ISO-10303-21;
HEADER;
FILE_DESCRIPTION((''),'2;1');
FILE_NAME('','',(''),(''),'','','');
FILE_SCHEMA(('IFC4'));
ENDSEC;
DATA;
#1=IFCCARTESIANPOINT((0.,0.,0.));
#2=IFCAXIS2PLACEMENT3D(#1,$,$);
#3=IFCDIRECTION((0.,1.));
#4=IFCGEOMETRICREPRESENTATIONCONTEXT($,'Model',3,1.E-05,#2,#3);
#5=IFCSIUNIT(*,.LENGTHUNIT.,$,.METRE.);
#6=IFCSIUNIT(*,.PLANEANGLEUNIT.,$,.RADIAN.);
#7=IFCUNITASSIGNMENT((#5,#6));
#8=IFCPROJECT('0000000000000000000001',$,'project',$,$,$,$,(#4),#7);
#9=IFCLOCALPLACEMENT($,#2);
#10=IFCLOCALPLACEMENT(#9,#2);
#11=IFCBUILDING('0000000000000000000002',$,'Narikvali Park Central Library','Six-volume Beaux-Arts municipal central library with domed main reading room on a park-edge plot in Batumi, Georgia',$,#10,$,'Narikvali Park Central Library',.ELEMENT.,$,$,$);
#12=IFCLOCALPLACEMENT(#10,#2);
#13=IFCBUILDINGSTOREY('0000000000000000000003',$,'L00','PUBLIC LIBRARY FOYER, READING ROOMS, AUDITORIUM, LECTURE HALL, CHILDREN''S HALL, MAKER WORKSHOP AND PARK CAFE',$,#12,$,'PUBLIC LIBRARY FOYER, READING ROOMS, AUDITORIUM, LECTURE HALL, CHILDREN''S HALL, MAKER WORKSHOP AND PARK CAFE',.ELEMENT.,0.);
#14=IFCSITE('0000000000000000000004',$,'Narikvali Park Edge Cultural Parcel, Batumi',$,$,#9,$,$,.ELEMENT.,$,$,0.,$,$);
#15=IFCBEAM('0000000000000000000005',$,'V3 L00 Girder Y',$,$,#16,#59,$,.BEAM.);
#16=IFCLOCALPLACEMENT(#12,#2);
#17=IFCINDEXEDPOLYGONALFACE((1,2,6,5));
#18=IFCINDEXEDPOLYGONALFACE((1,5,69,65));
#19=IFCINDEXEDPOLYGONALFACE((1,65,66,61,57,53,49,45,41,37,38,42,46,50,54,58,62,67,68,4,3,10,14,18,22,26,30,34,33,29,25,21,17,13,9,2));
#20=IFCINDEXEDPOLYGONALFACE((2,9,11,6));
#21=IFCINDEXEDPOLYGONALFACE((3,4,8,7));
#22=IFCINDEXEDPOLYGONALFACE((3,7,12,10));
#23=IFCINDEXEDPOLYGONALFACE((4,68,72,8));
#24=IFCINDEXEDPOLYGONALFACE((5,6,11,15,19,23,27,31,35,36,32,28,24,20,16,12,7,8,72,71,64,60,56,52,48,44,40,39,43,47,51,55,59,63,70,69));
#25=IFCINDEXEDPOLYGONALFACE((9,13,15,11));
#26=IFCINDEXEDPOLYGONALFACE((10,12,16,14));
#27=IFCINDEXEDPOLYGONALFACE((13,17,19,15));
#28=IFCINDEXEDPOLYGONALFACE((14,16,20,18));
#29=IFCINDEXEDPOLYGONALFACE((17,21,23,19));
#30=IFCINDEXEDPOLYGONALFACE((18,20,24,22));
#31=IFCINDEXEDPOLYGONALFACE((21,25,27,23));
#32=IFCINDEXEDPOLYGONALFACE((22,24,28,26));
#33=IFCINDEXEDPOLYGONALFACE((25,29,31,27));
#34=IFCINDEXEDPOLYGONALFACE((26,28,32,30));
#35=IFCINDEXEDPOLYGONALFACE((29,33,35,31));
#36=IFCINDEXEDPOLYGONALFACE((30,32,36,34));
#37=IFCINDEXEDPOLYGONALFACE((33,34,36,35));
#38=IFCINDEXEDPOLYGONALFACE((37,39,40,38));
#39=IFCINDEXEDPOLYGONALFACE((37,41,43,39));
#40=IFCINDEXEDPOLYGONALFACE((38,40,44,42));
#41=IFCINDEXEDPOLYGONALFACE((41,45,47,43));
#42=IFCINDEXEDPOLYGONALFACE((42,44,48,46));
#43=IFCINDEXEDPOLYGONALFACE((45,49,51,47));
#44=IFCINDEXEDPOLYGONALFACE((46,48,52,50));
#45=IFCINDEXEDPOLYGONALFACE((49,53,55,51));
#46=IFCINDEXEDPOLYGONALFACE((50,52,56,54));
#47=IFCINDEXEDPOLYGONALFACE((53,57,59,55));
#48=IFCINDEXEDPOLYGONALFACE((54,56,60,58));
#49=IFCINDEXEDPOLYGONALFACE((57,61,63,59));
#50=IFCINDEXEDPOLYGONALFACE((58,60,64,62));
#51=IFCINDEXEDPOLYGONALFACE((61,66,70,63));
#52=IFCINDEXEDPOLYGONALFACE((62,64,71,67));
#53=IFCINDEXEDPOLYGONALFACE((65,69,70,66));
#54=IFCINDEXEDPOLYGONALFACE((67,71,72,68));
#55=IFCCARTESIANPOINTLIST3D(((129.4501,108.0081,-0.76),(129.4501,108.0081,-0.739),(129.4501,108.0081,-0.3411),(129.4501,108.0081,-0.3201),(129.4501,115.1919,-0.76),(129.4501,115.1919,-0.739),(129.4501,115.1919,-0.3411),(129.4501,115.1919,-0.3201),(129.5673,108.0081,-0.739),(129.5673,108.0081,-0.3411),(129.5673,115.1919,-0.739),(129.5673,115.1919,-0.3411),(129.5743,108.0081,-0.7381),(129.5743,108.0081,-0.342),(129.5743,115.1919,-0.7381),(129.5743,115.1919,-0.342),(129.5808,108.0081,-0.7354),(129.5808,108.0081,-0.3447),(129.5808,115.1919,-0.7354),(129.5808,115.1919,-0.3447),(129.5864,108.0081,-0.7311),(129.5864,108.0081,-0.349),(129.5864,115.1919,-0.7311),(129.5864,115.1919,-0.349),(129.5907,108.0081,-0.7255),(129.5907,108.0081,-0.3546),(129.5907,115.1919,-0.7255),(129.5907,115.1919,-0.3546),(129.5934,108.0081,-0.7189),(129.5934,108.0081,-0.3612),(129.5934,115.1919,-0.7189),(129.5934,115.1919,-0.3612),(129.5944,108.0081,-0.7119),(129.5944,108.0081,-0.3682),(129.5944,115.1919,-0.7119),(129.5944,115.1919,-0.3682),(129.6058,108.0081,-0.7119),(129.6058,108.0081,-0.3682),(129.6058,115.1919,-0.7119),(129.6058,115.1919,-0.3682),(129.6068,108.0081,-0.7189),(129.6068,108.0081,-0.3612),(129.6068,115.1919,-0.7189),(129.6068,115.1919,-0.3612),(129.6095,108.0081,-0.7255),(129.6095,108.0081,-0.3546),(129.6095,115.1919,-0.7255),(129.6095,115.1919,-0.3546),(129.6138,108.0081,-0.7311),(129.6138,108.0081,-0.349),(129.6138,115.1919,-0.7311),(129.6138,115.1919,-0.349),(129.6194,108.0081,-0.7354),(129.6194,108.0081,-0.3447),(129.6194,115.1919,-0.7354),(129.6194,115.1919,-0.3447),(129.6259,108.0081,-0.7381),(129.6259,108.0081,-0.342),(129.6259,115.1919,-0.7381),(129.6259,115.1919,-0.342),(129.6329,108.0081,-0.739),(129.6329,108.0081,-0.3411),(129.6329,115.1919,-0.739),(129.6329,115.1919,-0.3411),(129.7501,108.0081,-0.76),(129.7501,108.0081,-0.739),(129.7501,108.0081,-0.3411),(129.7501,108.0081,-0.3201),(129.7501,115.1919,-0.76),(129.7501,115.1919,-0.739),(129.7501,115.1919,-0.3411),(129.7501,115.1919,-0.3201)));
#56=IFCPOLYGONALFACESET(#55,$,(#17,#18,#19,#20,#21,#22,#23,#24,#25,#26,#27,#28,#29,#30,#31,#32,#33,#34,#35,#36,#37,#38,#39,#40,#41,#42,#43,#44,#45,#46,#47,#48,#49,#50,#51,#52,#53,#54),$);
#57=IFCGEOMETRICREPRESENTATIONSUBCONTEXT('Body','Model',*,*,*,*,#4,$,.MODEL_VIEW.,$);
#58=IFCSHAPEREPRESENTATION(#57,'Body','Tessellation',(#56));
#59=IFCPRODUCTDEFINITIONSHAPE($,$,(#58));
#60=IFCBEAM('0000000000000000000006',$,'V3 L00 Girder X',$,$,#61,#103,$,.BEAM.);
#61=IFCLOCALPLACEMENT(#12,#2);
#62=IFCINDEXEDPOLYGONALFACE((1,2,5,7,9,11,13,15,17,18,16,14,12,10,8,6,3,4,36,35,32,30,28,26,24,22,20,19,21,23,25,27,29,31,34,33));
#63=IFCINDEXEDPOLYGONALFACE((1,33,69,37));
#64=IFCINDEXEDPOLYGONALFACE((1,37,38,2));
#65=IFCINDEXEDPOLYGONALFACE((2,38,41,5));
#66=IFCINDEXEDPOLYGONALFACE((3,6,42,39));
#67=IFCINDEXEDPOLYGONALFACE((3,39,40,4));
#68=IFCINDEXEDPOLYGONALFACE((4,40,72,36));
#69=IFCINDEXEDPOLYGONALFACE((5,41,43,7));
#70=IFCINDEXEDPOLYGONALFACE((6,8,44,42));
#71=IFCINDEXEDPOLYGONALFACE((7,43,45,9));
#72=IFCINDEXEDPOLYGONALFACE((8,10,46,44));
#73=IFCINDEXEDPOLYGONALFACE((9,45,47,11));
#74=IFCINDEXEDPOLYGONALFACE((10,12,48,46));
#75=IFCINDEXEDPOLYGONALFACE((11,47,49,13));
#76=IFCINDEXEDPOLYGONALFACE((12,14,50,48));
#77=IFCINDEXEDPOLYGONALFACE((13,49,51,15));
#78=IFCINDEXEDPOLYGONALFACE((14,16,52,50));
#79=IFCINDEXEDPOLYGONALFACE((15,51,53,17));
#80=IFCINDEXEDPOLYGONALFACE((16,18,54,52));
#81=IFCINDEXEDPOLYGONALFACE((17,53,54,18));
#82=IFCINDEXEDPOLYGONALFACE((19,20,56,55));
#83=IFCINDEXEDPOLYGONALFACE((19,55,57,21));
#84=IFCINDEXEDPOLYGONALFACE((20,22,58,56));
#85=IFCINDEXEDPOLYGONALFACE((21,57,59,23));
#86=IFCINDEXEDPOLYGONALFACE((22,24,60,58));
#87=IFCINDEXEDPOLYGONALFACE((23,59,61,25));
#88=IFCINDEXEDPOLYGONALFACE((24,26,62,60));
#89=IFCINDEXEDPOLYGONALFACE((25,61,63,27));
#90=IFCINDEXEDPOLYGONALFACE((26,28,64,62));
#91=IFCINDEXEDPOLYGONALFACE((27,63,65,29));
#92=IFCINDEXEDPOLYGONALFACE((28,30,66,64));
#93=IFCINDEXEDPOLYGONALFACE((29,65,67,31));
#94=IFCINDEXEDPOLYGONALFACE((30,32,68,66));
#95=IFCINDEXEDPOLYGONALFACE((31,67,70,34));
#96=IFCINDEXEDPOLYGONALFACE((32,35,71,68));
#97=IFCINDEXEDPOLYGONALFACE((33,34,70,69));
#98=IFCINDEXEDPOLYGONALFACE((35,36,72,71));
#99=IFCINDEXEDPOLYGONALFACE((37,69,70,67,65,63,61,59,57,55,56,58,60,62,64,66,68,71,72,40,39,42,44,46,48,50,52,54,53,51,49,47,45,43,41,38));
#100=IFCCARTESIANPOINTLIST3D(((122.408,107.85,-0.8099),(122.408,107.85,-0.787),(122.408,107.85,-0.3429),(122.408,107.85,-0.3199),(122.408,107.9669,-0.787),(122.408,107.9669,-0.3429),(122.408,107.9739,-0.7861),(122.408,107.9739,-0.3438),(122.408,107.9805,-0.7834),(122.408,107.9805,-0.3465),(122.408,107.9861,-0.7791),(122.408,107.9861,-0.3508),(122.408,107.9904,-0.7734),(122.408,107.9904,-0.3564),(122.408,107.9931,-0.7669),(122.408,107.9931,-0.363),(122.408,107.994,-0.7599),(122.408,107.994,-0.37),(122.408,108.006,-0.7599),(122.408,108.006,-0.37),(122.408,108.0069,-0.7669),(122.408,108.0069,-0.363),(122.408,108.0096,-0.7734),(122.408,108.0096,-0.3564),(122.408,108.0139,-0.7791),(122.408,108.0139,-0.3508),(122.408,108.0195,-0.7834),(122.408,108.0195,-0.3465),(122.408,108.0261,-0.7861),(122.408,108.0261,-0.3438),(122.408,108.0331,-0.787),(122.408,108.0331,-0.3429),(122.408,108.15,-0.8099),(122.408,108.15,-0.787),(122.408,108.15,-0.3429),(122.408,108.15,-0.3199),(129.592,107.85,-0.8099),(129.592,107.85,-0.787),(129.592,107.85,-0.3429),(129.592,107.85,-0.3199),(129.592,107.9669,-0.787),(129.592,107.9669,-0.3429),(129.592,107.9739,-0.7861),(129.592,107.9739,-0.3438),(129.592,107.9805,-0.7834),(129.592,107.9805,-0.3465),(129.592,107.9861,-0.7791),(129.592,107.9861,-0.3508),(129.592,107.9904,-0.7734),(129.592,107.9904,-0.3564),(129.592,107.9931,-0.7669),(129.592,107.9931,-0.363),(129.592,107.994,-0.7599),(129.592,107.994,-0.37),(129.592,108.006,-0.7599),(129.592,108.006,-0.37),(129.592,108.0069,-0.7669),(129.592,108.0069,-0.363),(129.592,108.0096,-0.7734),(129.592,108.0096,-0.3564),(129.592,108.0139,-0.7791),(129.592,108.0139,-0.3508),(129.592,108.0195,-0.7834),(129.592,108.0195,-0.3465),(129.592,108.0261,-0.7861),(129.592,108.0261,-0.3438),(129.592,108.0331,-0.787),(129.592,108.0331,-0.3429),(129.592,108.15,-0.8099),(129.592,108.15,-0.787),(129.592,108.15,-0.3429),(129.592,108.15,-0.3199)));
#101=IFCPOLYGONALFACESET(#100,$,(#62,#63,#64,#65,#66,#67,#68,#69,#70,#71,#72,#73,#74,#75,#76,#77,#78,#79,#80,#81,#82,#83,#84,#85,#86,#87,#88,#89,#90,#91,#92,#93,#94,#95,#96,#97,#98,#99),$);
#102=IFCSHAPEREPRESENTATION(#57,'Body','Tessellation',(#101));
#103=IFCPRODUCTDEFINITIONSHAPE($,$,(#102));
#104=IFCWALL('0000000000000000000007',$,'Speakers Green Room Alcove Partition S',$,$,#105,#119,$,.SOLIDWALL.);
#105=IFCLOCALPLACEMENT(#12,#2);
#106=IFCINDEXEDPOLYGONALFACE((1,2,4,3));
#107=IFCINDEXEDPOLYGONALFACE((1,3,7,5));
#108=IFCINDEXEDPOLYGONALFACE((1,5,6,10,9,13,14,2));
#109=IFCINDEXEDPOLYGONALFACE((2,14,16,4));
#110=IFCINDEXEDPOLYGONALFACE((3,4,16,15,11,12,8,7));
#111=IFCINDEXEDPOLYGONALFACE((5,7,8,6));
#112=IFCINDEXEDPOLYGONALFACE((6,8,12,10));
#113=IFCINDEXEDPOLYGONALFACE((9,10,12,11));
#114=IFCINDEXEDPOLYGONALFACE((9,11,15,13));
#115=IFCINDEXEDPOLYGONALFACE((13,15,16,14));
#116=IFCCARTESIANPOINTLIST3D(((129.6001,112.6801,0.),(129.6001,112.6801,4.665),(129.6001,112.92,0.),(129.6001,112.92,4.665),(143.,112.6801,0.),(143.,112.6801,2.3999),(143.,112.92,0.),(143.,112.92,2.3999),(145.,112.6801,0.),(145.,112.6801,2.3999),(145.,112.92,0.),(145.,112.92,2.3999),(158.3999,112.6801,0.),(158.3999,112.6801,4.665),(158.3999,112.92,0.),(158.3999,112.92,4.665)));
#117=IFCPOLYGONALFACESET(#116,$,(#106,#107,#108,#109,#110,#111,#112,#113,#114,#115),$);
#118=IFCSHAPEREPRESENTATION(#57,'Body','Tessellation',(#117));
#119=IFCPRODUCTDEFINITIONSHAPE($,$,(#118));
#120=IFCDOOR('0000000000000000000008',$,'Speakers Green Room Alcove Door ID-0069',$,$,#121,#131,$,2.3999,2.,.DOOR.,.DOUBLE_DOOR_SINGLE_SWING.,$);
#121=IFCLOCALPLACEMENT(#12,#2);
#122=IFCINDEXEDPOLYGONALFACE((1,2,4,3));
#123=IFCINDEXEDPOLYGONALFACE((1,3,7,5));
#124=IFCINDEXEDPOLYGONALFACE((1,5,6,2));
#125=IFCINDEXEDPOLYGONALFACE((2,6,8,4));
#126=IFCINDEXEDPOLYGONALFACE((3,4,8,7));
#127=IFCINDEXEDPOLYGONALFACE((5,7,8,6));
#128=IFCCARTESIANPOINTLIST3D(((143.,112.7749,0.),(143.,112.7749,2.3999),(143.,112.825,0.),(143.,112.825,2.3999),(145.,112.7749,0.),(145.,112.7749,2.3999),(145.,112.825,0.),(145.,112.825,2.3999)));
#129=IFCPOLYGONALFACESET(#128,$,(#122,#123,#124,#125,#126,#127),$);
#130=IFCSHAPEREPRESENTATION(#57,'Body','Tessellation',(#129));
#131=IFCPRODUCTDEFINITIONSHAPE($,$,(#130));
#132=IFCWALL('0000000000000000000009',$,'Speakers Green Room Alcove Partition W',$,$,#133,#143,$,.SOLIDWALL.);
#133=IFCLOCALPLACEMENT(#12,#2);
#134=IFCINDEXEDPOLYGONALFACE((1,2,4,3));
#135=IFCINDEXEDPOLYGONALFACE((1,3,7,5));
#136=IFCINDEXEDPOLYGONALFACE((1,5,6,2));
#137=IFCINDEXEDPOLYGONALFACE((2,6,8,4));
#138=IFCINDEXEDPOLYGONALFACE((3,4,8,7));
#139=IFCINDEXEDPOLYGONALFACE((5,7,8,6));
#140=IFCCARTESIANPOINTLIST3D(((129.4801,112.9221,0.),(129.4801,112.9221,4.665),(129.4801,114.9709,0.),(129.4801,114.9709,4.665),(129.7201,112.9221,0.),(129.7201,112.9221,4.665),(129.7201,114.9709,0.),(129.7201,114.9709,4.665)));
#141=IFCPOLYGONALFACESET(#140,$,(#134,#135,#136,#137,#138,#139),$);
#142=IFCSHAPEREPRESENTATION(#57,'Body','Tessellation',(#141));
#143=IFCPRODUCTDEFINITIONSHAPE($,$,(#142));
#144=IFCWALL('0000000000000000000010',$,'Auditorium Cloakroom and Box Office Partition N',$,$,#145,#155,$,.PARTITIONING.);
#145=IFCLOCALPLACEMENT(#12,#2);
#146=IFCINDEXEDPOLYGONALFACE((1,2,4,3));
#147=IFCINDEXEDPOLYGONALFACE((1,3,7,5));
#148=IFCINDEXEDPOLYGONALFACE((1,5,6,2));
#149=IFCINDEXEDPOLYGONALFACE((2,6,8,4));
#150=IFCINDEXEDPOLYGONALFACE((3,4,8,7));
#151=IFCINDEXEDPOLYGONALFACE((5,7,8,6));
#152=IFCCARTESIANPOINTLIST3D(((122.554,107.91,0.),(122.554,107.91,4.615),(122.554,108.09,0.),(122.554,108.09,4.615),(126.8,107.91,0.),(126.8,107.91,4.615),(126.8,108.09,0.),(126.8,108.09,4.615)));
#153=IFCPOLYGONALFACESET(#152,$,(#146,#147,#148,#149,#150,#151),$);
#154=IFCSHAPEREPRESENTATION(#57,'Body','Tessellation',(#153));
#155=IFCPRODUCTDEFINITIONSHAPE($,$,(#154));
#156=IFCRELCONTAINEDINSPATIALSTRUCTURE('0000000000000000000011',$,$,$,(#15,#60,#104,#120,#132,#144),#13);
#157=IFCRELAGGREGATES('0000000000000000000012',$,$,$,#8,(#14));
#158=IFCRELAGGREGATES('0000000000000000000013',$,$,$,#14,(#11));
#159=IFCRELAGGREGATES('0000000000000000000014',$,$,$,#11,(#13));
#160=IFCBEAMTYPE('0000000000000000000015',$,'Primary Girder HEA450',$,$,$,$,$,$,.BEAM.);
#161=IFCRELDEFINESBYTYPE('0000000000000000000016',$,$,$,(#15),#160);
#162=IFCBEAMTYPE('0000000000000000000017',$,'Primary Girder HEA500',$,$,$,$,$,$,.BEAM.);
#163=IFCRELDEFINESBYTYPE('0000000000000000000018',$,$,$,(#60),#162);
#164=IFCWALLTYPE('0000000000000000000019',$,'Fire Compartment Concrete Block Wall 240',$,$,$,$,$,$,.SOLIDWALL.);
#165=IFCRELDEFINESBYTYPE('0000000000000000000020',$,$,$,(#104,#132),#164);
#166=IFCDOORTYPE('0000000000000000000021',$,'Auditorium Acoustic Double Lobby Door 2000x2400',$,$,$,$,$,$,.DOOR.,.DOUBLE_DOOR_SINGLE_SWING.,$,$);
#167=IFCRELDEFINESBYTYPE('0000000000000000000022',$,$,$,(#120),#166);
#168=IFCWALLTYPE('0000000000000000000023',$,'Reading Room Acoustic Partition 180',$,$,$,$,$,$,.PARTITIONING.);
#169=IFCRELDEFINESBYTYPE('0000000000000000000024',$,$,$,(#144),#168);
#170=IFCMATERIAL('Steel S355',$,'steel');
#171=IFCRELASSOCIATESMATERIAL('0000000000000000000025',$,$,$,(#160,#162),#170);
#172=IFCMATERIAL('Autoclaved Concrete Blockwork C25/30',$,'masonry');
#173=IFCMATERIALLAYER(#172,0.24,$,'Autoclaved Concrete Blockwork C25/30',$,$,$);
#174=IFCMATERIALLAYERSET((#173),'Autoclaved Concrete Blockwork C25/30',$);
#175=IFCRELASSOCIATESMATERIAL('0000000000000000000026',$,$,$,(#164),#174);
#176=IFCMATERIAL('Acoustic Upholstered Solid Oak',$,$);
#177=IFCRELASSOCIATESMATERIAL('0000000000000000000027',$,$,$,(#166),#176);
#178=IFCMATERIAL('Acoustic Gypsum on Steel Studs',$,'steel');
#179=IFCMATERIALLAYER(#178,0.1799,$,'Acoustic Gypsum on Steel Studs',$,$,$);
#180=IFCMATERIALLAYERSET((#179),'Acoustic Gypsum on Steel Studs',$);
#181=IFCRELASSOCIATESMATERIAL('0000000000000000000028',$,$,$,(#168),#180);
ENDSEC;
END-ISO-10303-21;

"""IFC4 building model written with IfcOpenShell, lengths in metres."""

from ifc_helpers import new_model, si_unit, direction, frame, frame_2d, origin, origin_2d, place, context, subcontext, project, spatial, rectangle, i_section, extrude, material, layer, layer_set, material_profile, profile_set, type_object, element, fill, save


model = new_model("IFC4")

# Units and contexts
model_context = context("Model", 3, precision=1e-05, world=origin(), true_north=direction((0.0, 1.0)))
body_context = subcontext(model_context, "Body", "Model", "MODEL_VIEW")
ifc_project = project(units=[si_unit("LENGTHUNIT", "METRE"), si_unit("PLANEANGLEUNIT", "RADIAN")], contexts=[model_context])

# Site, building, storey
site_placement = place(None, origin())
site = spatial("IfcSite", under=ifc_project, at=site_placement, Name="Narikvali Park Edge Cultural Parcel, Batumi", CompositionType="ELEMENT", RefElevation=0.0)
building_placement = place(site_placement, origin())
building = spatial("IfcBuilding", under=site, at=building_placement, Name="Narikvali Park Central Library", Description="Six-volume Beaux-Arts municipal central library with domed main reading room on a park-edge plot in Batumi, Georgia", LongName="Narikvali Park Central Library", CompositionType="ELEMENT")
storey_placement = place(building_placement, origin())
storey = spatial("IfcBuildingStorey", under=building, at=storey_placement, Name="L00", Description="PUBLIC LIBRARY FOYER, READING ROOMS, AUDITORIUM, LECTURE HALL, CHILDREN'S HALL, MAKER WORKSHOP AND PARK CAFE", LongName="PUBLIC LIBRARY FOYER, READING ROOMS, AUDITORIUM, LECTURE HALL, CHILDREN'S HALL, MAKER WORKSHOP AND PARK CAFE", CompositionType="ELEMENT", Elevation=0.0)

# Shared definitions
ifc_material_1 = material(Name="Steel S355", Category="steel")

# Beams
ifc_material_profile_1 = material_profile(ifc_material_1, i_section(OverallWidth=0.3, OverallDepth=0.4399, WebThickness=0.0115, FlangeThickness=0.021, FilletRadius=0.0271, at=origin_2d()), Name="HEA 450")
ifc_profile_set_1 = profile_set([ifc_material_profile_1], Name="Steel S355")
beam_type_1 = type_object("IfcBeamType", Name="Primary Girder HEA450", PredefinedType="BEAM", material=ifc_profile_set_1)
beam_1_placement = place(storey_placement, frame((129.6001, 108.0081, -0.54), z_axis=(0.0, 1.0, 0.0), x_axis=(-1.0, 0.0, 0.0)))
element("IfcBeam", 1, at=beam_1_placement, inside=storey, type_object=beam_type_1, Name="V3 L00 Girder Y", PredefinedType="BEAM", context=body_context, shape_type="SweptSolid", body=[
    extrude(i_section(OverallWidth=0.3, OverallDepth=0.4399, WebThickness=0.0115, FlangeThickness=0.021, FilletRadius=0.0271, at=origin_2d()), origin(), (0.0, 0.0, 1.0), 7.1838),
])
ifc_material_profile_2 = material_profile(ifc_material_1, i_section(OverallWidth=0.3, OverallDepth=0.49, WebThickness=0.012, FlangeThickness=0.0229, FilletRadius=0.0271, at=origin_2d()), Name="HEA 500")
ifc_profile_set_2 = profile_set([ifc_material_profile_2], Name="Steel S355")
beam_type_2 = type_object("IfcBeamType", Name="Primary Girder HEA500", PredefinedType="BEAM", material=ifc_profile_set_2)
beam_2_placement = place(storey_placement, frame((122.408, 108.0, -0.5649), z_axis=(1.0, 0.0, 0.0), x_axis=(0.0, 1.0, 0.0)))
element("IfcBeam", 2, at=beam_2_placement, inside=storey, type_object=beam_type_2, Name="V3 L00 Girder X", PredefinedType="BEAM", context=body_context, shape_type="SweptSolid", body=[
    extrude(i_section(OverallWidth=0.3, OverallDepth=0.49, WebThickness=0.012, FlangeThickness=0.0229, FilletRadius=0.0271, at=origin_2d()), origin(), (0.0, 0.0, 1.0), 7.1841),
])

# Wall, opening, door
ifc_material_2 = material(Name="Autoclaved Concrete Blockwork C25/30", Category="masonry")
ifc_layer_1 = layer(ifc_material_2, 0.24, Name="Autoclaved Concrete Blockwork C25/30")
ifc_layer_set_1 = layer_set([ifc_layer_1], Name="Autoclaved Concrete Blockwork C25/30")
wall_type_1 = type_object("IfcWallType", Name="Fire Compartment Concrete Block Wall 240", PredefinedType="SOLIDWALL", material=ifc_layer_set_1)
wall_1_placement = place(storey_placement, frame((129.6001, 112.8, 0.0), z_axis=(0.0, 0.0, 1.0), x_axis=(1.0, 0.0, 0.0)))
wall_1 = element("IfcWall", 3, at=wall_1_placement, inside=storey, type_object=wall_type_1, Name="Speakers Green Room Alcove Partition S", PredefinedType="SOLIDWALL", context=body_context, shape_type="SweptSolid", body=[
    extrude(rectangle(XDim=28.7998, YDim=0.24, at=frame_2d((14.3999, 0.0))), origin(), (0.0, 0.0, 1.0), 4.665),
])
opening_1_placement = place(wall_1_placement, frame((13.3999, 0.0, 0.0)))
opening_1 = element("IfcOpeningElement", 4, at=opening_1_placement, cuts=wall_1, PredefinedType="OPENING", context=body_context, shape_type="SweptSolid", body=[
    extrude(rectangle(XDim=2.0, YDim=2.3999, at=frame_2d((1.0, 1.2))), frame((0.0, 0.1318, 0.0), z_axis=(0.0, -1.0, 0.0), x_axis=(1.0, 0.0, 0.0)), (0.0, 0.0, 1.0), 0.2639),
])
ifc_material_3 = material(Name="Acoustic Upholstered Solid Oak")
door_type = type_object("IfcDoorType", Name="Auditorium Acoustic Double Lobby Door 2000x2400", OperationType="DOUBLE_DOOR_SINGLE_SWING", PredefinedType="DOOR", material=ifc_material_3)
door_placement = place(opening_1_placement, origin())
door = element("IfcDoor", 5, at=door_placement, inside=storey, type_object=door_type, Name="Speakers Green Room Alcove Door ID-0069", OperationType="DOUBLE_DOOR_SINGLE_SWING", OverallHeight=2.3999, OverallWidth=2.0, PredefinedType="DOOR", context=body_context, shape_type="SweptSolid", body=[
    extrude(rectangle(XDim=2.0, YDim=2.3999, at=frame_2d((1.0, 1.2))), frame((0.0, 0.0249, 0.0), z_axis=(0.0, -1.0, 0.0), x_axis=(1.0, 0.0, 0.0)), (0.0, 0.0, 1.0), 0.05),
])
fill(opening_1, door)

# Walls
wall_2_placement = place(storey_placement, frame((129.6001, 112.9221, 0.0), z_axis=(0.0, 0.0, 1.0), x_axis=(0.0, 1.0, 0.0)))
element("IfcWall", 6, at=wall_2_placement, inside=storey, type_object=wall_type_1, Name="Speakers Green Room Alcove Partition W", PredefinedType="SOLIDWALL", context=body_context, shape_type="SweptSolid", body=[
    extrude(rectangle(XDim=2.0488, YDim=0.24, at=frame_2d((1.0244, 0.0))), origin(), (0.0, 0.0, 1.0), 4.665),
])
ifc_material_4 = material(Name="Acoustic Gypsum on Steel Studs", Category="steel")
ifc_layer_2 = layer(ifc_material_4, 0.1799, Name="Acoustic Gypsum on Steel Studs")
ifc_layer_set_2 = layer_set([ifc_layer_2], Name="Acoustic Gypsum on Steel Studs")
wall_type_2 = type_object("IfcWallType", Name="Reading Room Acoustic Partition 180", PredefinedType="PARTITIONING", material=ifc_layer_set_2)
wall_3_placement = place(storey_placement, frame((122.554, 108.0, 0.0), z_axis=(0.0, 0.0, 1.0), x_axis=(1.0, 0.0, 0.0)))
element("IfcWall", 7, at=wall_3_placement, inside=storey, type_object=wall_type_2, Name="Auditorium Cloakroom and Box Office Partition N", PredefinedType="PARTITIONING", context=body_context, shape_type="SweptSolid", body=[
    extrude(rectangle(XDim=4.2461, YDim=0.1799, at=frame_2d((2.123, 0.0))), origin(), (0.0, 0.0, 1.0), 4.615),
])

save(model, "model.ifc")
